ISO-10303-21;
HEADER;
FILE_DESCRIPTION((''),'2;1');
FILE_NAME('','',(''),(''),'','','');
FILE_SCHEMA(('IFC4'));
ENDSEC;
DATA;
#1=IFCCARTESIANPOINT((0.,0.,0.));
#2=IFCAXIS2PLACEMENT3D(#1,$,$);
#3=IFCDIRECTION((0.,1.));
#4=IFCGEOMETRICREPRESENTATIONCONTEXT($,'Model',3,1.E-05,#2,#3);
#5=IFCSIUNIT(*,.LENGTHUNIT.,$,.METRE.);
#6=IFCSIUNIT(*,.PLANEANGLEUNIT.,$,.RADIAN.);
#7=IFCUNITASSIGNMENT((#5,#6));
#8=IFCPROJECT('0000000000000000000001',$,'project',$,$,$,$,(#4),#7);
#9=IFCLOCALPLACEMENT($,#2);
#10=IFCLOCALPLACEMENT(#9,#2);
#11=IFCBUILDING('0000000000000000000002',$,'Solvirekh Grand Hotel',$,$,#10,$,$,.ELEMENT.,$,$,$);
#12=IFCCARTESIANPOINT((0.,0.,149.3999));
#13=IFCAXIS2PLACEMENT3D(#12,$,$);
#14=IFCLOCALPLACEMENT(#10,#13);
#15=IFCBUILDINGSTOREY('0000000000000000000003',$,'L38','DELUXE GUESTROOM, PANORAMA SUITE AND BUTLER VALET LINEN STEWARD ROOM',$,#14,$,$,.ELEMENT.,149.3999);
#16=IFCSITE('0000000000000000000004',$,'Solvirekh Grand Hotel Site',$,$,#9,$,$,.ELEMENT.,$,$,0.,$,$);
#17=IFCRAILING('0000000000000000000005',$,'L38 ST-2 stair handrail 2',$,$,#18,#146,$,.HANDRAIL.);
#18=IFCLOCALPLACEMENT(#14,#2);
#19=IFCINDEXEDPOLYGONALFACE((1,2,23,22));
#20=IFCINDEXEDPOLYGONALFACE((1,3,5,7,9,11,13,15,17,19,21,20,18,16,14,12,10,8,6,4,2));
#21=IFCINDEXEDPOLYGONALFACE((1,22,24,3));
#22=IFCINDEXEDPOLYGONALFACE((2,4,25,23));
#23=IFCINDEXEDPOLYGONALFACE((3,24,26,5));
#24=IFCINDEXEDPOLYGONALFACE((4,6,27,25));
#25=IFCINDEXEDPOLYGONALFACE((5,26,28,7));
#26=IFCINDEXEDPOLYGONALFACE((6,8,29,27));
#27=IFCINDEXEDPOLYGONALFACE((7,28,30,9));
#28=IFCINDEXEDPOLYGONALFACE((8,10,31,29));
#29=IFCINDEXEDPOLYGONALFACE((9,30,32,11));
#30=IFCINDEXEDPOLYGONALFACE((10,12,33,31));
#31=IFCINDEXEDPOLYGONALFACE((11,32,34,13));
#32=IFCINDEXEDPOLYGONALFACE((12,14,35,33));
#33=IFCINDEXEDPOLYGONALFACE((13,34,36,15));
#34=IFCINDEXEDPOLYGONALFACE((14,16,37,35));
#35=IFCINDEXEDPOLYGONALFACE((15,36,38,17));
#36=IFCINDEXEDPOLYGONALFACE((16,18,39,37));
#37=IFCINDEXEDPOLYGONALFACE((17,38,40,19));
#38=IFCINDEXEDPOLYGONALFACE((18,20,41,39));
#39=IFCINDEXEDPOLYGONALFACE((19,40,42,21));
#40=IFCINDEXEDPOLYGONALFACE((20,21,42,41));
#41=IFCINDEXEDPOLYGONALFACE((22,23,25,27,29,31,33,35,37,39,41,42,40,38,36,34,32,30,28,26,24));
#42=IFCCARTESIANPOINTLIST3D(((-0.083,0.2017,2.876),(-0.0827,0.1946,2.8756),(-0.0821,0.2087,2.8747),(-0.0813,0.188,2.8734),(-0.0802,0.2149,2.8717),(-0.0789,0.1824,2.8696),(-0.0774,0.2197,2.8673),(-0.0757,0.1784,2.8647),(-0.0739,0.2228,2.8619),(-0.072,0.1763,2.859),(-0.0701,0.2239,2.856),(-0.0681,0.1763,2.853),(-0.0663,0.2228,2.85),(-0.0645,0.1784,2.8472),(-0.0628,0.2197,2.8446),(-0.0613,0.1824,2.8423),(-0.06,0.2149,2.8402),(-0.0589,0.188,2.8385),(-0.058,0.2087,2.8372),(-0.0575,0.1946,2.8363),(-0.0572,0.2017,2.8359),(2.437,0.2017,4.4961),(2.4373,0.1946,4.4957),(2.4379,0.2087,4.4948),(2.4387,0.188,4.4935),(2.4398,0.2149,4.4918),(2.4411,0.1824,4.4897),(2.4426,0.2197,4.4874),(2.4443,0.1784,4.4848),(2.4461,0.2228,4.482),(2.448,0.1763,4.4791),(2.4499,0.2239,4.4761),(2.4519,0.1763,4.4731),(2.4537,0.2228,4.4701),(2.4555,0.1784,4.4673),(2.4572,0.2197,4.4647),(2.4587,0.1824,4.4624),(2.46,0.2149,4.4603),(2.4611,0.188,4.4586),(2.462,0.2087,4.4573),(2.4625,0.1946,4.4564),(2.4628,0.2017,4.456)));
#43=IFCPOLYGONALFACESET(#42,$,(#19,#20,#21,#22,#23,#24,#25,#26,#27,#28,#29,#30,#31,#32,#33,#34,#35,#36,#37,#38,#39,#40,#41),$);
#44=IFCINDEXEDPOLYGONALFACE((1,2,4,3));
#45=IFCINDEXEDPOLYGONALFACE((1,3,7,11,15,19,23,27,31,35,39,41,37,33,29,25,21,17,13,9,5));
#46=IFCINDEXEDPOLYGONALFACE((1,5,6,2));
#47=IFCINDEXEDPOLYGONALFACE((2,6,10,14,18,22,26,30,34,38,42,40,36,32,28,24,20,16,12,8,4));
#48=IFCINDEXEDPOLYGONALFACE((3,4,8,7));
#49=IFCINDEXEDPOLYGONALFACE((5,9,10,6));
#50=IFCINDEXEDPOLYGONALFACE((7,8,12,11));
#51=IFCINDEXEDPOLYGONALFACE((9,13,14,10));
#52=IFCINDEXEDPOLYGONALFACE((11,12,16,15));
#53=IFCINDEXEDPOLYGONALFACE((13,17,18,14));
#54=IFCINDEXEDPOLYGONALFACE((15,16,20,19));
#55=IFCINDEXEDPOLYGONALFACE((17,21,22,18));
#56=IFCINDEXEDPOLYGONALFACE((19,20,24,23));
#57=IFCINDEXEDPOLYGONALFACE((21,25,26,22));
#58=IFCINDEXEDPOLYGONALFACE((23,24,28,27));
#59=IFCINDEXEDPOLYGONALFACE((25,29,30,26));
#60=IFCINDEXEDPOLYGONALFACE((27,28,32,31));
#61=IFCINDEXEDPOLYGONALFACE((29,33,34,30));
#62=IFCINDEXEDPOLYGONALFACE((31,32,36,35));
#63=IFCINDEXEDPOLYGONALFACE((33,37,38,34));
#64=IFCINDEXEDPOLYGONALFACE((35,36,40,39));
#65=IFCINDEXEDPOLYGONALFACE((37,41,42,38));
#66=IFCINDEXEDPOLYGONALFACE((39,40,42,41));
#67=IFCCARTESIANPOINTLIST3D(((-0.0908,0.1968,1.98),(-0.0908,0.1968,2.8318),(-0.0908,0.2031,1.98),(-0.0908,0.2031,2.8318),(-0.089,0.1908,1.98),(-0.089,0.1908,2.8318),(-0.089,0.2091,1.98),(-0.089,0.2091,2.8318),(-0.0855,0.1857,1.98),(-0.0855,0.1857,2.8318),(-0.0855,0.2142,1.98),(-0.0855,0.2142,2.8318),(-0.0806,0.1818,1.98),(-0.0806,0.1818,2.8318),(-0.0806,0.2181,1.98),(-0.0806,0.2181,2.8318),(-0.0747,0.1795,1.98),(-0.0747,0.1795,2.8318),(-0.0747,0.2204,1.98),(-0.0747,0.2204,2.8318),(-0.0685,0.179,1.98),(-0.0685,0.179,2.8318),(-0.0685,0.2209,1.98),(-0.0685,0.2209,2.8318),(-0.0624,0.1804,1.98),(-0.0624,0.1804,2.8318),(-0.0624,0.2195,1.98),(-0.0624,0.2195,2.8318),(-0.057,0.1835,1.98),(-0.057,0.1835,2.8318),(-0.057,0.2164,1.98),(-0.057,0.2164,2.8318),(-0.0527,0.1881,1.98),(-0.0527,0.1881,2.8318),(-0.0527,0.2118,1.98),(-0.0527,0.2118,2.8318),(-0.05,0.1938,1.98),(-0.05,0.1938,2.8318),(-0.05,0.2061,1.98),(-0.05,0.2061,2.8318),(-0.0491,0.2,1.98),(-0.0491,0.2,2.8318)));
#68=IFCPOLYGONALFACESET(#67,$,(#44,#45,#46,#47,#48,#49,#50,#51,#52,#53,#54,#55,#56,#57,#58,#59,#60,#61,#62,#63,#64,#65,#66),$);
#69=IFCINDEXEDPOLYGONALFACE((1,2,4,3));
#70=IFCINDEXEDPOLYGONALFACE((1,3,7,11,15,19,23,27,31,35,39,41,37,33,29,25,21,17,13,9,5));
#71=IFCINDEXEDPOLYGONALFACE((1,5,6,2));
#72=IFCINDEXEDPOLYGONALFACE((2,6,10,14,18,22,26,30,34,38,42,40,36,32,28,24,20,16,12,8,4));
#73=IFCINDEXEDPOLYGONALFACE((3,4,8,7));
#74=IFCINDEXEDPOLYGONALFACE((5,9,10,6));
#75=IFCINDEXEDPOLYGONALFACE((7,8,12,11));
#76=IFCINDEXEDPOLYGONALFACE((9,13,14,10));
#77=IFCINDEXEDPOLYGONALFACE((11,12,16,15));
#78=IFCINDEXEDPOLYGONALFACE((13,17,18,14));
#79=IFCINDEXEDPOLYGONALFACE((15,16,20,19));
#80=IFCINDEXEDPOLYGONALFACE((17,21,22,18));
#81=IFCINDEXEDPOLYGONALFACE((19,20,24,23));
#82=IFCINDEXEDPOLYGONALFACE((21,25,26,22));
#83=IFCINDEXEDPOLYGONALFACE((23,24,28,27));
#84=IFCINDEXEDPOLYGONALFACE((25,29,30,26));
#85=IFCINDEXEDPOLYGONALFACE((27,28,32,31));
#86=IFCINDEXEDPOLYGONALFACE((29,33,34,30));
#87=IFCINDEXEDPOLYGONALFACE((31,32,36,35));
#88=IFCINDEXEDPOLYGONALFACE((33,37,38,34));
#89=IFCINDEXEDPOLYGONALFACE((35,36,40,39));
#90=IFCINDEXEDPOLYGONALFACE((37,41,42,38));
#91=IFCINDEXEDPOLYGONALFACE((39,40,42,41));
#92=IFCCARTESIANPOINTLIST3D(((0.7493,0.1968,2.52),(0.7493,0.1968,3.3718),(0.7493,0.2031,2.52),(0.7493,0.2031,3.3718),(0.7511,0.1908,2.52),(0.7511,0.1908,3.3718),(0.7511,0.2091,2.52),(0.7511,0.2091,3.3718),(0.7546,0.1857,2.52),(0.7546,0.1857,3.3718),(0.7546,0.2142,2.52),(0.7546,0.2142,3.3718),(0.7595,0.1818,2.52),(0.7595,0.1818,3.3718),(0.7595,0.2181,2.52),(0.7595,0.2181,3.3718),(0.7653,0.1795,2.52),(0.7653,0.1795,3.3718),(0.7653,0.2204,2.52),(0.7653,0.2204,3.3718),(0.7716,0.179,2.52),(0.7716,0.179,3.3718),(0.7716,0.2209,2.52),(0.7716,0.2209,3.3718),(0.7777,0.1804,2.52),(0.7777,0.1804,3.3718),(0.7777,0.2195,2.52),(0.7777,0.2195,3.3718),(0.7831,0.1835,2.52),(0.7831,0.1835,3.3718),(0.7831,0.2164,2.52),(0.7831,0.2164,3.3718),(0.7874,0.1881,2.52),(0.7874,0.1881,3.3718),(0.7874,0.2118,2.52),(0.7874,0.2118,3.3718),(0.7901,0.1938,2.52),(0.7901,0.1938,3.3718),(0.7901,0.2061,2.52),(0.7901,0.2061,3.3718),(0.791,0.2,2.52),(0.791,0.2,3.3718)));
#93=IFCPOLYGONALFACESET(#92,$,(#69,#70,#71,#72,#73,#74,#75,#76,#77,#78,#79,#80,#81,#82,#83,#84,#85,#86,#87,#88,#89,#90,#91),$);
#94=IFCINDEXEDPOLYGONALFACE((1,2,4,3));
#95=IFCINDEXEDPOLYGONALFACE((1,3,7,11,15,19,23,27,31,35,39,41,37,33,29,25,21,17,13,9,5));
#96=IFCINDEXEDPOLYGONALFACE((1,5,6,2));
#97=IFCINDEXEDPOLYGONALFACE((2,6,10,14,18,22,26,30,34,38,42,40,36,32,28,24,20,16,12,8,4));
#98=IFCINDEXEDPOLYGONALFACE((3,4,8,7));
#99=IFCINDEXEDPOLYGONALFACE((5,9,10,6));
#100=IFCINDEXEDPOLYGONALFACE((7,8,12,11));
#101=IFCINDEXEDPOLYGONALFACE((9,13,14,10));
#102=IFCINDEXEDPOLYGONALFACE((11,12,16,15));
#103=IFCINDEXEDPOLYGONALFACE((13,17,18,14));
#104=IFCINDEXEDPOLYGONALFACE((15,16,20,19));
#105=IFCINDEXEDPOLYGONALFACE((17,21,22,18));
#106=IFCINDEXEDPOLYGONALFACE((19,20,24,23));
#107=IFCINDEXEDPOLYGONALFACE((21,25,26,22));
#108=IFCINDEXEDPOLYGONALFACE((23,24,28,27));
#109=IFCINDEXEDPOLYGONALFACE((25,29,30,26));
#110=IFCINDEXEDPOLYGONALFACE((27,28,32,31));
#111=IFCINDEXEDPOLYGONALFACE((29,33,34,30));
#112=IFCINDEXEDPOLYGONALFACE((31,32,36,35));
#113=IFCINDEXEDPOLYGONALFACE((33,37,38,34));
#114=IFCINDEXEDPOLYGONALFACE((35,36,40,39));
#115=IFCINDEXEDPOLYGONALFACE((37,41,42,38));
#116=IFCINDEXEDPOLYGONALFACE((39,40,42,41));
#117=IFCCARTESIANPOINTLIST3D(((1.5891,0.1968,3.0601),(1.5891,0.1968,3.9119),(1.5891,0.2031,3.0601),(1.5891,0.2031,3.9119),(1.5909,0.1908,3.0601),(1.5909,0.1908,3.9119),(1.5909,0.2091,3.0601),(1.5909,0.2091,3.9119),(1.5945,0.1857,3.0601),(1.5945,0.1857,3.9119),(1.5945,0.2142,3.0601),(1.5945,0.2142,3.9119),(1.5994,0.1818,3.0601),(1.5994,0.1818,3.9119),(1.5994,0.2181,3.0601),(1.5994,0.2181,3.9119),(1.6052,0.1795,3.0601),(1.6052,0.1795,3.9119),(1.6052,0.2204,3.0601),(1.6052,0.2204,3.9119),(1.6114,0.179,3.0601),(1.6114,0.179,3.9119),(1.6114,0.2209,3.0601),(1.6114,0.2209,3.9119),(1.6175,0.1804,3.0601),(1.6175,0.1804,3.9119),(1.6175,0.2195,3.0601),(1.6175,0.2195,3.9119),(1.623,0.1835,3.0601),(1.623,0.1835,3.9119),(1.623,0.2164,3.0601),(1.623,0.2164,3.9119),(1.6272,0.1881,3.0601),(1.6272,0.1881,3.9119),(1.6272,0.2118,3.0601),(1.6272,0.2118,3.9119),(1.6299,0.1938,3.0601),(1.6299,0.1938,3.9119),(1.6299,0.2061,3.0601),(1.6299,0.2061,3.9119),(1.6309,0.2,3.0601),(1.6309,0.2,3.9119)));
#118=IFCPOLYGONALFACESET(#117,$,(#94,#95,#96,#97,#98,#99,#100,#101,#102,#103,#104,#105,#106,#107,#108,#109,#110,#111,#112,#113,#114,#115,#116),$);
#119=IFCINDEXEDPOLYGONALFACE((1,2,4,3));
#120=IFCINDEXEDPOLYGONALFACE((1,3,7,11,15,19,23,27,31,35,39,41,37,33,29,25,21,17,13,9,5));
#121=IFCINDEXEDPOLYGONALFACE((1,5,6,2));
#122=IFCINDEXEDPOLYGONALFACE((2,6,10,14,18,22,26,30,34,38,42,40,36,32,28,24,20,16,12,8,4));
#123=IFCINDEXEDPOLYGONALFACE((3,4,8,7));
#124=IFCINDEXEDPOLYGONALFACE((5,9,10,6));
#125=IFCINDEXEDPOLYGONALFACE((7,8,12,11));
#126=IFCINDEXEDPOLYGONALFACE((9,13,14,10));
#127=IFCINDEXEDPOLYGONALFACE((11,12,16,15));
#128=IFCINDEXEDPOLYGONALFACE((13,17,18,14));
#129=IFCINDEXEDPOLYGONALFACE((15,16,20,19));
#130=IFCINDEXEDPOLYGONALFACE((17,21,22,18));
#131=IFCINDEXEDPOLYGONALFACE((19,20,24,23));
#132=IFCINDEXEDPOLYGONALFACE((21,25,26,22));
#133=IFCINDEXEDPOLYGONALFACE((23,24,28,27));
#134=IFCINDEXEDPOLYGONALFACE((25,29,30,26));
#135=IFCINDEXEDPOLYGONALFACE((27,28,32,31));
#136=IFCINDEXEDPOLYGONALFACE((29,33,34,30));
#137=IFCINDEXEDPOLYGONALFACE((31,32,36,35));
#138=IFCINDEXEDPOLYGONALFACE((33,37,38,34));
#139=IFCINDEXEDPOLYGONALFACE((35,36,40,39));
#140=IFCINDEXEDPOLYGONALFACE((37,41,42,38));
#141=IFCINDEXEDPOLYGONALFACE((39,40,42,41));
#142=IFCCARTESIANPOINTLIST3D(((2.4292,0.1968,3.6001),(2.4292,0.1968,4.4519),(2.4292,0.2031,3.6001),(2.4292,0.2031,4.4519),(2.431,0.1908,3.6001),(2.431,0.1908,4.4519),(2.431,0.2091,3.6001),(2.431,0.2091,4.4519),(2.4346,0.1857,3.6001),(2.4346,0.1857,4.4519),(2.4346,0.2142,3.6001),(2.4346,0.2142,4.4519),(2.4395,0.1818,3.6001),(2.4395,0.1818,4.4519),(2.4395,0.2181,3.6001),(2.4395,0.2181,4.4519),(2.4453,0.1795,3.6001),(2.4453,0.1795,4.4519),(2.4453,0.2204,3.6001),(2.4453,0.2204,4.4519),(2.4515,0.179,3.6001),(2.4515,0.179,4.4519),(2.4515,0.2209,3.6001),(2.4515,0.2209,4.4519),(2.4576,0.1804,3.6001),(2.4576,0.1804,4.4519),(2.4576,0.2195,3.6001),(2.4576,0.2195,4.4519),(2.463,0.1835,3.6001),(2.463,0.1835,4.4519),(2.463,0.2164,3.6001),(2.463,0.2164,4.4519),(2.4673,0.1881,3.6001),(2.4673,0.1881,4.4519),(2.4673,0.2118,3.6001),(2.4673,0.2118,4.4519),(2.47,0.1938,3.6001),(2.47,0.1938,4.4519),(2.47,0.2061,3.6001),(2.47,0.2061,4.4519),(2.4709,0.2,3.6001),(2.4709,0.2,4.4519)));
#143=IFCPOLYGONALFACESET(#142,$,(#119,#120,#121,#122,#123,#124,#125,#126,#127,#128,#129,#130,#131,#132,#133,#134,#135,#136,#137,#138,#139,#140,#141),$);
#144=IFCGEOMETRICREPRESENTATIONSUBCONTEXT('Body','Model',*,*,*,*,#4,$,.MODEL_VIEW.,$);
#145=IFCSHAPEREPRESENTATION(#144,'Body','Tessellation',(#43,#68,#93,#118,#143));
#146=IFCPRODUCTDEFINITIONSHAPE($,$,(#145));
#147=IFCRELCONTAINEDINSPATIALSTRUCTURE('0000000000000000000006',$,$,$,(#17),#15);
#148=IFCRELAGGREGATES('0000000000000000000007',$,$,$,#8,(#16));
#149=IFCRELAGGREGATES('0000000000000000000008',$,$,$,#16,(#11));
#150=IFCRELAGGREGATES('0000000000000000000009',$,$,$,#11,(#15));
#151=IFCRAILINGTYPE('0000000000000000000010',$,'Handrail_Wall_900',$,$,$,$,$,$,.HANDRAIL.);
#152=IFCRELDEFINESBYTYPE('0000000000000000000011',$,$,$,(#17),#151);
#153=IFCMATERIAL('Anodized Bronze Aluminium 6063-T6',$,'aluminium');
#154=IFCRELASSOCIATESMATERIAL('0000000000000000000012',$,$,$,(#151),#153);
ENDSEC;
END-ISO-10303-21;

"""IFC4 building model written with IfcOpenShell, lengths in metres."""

from ifc_helpers import new_model, si_unit, direction, frame, origin, origin_2d, place, context, subcontext, project, spatial, circle, extrude, material, type_object, element, save


model = new_model("IFC4")

# Units and contexts
model_context = context("Model", 3, precision=1e-05, world=origin(), true_north=direction((0.0, 1.0)))
body_context = subcontext(model_context, "Body", "Model", "MODEL_VIEW")
ifc_project = project(units=[si_unit("LENGTHUNIT", "METRE"), si_unit("PLANEANGLEUNIT", "RADIAN")], contexts=[model_context])

# Site, building, storey
site_placement = place(None, origin())
site = spatial("IfcSite", under=ifc_project, at=site_placement, Name="Solvirekh Grand Hotel Site", CompositionType="ELEMENT", RefElevation=0.0)
building_placement = place(site_placement, origin())
building = spatial("IfcBuilding", under=site, at=building_placement, Name="Solvirekh Grand Hotel", CompositionType="ELEMENT")
storey_placement = place(building_placement, frame((0.0, 0.0, 149.3999)))
storey = spatial("IfcBuildingStorey", under=building, at=storey_placement, Name="L38", Description="DELUXE GUESTROOM, PANORAMA SUITE AND BUTLER VALET LINEN STEWARD ROOM", CompositionType="ELEMENT", Elevation=149.3999)

# Shared definitions
ifc_material_1 = material(Name="Anodized Bronze Aluminium 6063-T6", Category="aluminium")

# Railing
railing_type_1 = type_object("IfcRailingType", Name="Handrail_Wall_900", PredefinedType="HANDRAIL", material=ifc_material_1)
railing_1_placement = place(storey_placement, frame((-0.0701, 0.2, 1.98)))
element("IfcRailing", 1, at=railing_1_placement, inside=storey, type_object=railing_type_1, Name="L38 ST-2 stair handrail 2", PredefinedType="HANDRAIL", context=body_context, shape_type="SweptSolid", body=[
    extrude(circle(Radius=0.0239, at=origin_2d()), frame((0.0, 0.0, 0.876), z_axis=(0.841163, 0.0, 0.540782), x_axis=(0.0, 1.0, 0.0)), (0.0, 0.0, 1.0), 2.9958),
    extrude(circle(Radius=0.021, at=origin_2d()), origin(), (0.0, 0.0, 1.0), 0.8518),
    extrude(circle(Radius=0.021, at=origin_2d()), frame((0.8401, 0.0, 0.54)), (0.0, 0.0, 1.0), 0.8518),
    extrude(circle(Radius=0.021, at=origin_2d()), frame((1.6799, 0.0, 1.0801)), (0.0, 0.0, 1.0), 0.8518),
    extrude(circle(Radius=0.021, at=origin_2d()), frame((2.52, 0.0, 1.6201)), (0.0, 0.0, 1.0), 0.8518),
])

save(model, "model.ifc")
